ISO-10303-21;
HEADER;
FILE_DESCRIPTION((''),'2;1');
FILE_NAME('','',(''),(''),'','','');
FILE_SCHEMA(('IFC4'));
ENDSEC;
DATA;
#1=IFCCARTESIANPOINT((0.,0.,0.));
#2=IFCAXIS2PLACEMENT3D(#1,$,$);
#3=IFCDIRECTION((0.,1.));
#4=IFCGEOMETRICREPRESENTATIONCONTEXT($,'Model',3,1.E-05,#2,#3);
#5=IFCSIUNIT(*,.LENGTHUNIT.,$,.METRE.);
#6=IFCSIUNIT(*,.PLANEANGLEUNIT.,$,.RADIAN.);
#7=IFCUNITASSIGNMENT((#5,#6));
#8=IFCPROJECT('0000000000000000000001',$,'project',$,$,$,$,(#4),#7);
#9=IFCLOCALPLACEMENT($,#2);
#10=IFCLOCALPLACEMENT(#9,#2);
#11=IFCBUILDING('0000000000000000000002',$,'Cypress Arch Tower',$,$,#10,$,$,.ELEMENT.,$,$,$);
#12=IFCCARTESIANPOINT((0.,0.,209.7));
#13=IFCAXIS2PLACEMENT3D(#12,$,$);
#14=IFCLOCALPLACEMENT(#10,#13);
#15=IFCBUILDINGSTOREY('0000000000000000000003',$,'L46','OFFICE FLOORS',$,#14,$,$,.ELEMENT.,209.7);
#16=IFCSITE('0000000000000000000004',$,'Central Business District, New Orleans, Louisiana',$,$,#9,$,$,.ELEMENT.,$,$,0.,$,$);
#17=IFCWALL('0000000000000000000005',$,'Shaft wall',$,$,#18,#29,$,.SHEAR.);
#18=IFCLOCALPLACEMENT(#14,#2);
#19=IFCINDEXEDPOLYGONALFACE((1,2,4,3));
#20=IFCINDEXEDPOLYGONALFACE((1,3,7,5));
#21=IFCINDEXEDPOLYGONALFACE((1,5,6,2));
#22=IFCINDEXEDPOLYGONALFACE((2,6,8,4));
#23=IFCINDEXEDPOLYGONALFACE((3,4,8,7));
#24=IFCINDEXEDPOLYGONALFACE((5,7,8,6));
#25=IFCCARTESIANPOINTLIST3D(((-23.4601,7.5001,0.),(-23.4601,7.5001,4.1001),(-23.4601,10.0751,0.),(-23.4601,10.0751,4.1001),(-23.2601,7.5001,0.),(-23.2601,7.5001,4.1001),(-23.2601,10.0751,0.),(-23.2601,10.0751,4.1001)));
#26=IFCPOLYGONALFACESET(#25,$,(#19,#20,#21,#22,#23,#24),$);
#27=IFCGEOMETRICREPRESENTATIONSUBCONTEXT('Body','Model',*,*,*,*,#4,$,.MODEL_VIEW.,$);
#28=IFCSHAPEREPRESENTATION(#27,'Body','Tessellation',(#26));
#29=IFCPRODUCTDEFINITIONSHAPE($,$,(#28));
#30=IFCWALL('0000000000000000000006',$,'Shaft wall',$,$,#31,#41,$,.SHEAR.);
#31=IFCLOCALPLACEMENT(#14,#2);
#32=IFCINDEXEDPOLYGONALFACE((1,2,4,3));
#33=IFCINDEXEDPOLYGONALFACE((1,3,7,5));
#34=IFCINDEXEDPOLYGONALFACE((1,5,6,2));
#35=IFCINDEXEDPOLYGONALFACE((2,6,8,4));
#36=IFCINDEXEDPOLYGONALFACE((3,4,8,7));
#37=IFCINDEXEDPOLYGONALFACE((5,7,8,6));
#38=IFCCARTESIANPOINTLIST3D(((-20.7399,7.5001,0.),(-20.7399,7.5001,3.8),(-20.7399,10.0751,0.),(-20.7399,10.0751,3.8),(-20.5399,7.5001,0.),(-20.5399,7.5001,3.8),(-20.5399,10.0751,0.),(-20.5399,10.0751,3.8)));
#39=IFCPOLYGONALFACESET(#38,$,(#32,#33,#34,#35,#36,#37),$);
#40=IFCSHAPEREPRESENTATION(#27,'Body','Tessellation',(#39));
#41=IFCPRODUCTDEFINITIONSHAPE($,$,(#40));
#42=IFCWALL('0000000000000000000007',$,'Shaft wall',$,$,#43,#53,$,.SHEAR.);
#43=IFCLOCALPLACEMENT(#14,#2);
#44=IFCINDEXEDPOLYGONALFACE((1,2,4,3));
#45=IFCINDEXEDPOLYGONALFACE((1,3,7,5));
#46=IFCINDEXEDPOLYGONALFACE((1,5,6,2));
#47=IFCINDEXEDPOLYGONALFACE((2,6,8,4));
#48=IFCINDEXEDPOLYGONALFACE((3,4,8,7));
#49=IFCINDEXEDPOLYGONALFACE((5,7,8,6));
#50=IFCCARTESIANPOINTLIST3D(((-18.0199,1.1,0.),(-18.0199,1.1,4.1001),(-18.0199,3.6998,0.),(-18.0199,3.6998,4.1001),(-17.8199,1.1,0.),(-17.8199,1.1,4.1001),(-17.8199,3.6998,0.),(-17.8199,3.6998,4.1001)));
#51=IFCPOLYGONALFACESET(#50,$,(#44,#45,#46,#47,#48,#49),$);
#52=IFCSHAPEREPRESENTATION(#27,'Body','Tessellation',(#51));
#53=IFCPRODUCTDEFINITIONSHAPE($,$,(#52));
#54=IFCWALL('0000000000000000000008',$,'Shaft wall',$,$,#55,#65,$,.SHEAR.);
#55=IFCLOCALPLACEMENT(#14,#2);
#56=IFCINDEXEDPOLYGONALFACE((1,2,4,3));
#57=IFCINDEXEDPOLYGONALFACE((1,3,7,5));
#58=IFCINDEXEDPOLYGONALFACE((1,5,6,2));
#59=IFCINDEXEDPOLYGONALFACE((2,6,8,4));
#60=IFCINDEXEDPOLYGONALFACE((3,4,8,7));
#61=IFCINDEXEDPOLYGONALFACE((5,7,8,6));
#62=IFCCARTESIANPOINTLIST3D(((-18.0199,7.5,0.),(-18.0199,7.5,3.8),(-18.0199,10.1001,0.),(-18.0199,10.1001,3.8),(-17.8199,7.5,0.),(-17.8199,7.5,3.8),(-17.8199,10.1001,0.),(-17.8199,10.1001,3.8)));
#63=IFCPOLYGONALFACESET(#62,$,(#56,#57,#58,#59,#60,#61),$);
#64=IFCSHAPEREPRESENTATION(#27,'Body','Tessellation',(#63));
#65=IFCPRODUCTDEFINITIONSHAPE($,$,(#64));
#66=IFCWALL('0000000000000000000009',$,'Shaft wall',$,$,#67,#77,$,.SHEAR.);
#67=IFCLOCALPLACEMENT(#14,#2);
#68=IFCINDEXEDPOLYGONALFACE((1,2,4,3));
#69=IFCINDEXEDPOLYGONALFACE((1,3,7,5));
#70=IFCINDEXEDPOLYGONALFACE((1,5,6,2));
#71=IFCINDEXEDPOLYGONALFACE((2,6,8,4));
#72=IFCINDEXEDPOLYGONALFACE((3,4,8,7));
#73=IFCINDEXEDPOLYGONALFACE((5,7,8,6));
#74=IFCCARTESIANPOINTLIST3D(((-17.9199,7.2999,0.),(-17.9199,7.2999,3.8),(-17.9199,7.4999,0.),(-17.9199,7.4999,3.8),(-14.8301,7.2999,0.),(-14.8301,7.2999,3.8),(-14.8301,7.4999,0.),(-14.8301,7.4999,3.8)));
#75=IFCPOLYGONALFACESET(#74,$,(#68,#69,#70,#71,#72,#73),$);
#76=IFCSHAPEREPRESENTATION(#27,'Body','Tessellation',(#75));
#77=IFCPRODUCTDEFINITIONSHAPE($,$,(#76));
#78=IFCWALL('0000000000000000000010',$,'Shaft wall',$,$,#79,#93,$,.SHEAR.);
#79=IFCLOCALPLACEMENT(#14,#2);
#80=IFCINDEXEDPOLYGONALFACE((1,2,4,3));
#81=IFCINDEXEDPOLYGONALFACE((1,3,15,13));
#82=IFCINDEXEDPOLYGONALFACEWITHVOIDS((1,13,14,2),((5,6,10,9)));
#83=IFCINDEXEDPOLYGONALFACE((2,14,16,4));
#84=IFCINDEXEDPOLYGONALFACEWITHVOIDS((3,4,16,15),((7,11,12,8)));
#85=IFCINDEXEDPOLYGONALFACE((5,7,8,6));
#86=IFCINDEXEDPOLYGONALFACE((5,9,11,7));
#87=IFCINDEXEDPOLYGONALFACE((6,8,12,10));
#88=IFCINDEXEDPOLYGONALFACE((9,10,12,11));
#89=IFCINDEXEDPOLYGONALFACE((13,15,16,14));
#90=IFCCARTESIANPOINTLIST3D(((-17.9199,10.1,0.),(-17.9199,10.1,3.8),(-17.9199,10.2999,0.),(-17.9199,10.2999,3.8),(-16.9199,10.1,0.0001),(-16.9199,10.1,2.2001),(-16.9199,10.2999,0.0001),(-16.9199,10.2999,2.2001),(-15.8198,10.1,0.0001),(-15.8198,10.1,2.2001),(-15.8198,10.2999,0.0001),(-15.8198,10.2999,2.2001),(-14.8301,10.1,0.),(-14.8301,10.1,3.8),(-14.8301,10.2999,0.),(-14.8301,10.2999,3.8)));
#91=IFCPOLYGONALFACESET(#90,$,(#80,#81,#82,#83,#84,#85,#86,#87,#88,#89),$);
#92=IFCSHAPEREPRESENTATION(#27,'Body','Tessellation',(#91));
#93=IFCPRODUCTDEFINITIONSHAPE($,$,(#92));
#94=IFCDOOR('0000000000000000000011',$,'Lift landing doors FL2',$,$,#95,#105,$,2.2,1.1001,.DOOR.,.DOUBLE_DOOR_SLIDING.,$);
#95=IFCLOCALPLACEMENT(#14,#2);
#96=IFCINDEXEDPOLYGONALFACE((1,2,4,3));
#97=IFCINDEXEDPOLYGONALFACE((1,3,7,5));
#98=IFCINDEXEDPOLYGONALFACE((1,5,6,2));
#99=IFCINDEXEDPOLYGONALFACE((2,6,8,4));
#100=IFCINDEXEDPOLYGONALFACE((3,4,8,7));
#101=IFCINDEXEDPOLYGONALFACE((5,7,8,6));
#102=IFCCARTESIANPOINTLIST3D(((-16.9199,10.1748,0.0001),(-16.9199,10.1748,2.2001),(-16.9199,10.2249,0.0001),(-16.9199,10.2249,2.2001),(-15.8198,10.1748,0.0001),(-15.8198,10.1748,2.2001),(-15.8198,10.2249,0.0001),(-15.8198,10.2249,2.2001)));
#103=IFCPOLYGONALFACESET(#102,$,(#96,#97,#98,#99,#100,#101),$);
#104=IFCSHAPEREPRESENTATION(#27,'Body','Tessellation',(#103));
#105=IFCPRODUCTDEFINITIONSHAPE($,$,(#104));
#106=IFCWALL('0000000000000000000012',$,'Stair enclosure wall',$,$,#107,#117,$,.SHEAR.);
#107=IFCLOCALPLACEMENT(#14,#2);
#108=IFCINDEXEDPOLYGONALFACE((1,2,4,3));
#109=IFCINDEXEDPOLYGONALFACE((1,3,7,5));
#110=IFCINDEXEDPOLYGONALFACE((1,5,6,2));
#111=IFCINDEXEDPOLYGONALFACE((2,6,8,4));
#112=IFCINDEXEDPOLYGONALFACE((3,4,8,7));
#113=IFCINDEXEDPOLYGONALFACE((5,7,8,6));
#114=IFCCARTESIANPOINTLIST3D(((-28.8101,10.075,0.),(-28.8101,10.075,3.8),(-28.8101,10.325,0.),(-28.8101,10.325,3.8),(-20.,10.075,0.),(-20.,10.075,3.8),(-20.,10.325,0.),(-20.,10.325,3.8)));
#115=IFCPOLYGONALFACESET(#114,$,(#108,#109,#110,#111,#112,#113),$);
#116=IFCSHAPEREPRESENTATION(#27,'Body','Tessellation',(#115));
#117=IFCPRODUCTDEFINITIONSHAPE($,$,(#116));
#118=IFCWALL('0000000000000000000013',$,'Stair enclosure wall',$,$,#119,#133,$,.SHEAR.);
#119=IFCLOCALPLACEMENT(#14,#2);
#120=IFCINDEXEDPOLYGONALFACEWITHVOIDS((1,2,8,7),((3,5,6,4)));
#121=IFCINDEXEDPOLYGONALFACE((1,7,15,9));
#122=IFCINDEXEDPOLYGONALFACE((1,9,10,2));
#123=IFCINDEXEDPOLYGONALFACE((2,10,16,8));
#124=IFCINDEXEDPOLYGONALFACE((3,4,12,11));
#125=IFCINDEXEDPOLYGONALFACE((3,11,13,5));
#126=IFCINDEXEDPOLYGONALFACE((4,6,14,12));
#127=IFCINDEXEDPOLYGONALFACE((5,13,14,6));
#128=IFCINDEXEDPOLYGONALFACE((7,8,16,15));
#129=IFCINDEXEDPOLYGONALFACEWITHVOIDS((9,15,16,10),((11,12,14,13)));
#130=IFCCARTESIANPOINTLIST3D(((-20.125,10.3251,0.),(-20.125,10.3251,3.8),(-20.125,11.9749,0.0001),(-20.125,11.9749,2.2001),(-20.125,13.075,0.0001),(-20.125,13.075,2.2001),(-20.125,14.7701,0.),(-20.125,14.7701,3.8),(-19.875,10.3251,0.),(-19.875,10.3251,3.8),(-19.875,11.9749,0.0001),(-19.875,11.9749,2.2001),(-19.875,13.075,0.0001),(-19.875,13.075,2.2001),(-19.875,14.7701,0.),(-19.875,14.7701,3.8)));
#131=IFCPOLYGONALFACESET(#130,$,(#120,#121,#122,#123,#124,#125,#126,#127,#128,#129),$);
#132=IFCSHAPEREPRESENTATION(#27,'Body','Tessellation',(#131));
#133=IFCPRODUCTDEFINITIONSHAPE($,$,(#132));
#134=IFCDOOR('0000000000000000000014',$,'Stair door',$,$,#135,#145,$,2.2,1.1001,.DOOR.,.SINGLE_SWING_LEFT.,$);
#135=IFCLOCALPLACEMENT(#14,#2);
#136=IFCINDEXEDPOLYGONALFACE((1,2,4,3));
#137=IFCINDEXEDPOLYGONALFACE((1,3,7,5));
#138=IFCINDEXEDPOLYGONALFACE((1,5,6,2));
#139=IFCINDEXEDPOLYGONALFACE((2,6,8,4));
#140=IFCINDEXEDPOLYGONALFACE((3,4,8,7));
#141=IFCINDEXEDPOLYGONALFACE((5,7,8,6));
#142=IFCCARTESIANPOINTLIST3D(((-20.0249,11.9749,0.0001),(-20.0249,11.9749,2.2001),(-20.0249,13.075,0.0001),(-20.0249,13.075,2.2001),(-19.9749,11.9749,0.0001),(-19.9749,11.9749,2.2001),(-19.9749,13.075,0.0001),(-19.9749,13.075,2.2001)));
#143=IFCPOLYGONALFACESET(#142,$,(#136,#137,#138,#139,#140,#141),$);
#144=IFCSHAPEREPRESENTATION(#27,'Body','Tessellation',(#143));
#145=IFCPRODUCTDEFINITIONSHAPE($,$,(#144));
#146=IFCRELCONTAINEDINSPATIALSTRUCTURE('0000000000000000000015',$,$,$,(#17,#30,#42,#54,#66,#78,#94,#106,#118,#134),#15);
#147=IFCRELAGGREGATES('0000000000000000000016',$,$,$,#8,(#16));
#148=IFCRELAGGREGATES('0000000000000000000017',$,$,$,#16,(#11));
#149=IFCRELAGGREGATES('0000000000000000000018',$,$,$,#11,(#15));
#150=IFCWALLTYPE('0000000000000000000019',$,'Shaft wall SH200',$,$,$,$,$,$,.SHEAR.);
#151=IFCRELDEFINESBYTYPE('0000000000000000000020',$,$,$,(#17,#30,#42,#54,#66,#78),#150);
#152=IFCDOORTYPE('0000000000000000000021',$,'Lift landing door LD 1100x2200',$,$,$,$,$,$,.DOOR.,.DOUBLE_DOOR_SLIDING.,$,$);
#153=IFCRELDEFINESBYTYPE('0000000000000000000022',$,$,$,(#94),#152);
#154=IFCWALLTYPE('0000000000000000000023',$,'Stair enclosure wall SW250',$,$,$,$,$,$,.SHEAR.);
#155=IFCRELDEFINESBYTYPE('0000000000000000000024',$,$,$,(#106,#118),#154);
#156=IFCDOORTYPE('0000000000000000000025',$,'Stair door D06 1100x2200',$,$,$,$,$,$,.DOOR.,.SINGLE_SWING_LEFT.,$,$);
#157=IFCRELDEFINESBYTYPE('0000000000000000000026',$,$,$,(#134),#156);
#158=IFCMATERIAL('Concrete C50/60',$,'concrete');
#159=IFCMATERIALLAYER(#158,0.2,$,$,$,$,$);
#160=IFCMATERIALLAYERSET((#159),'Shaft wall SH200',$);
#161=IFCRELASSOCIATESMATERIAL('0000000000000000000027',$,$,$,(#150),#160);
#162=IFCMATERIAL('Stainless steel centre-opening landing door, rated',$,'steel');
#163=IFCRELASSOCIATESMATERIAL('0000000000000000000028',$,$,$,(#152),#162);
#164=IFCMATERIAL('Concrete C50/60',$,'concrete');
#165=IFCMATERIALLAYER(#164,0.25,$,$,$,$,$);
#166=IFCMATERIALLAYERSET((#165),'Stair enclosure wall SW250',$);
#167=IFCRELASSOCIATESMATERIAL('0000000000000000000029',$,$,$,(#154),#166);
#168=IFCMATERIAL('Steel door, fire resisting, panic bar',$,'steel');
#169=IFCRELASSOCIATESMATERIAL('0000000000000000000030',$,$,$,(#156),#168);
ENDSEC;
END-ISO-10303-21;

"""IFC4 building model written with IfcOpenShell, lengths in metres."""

from ifc_helpers import new_model, si_unit, direction, frame, frame_2d, origin, place, context, subcontext, project, spatial, rectangle, extrude, material, layer, layer_set, type_object, element, fill, save


model = new_model("IFC4")

# Units and contexts
model_context = context("Model", 3, precision=1e-05, world=origin(), true_north=direction((0.0, 1.0)))
body_context = subcontext(model_context, "Body", "Model", "MODEL_VIEW")
ifc_project = project(units=[si_unit("LENGTHUNIT", "METRE"), si_unit("PLANEANGLEUNIT", "RADIAN")], contexts=[model_context])

# Site, building, storey
site_placement = place(None, origin())
site = spatial("IfcSite", under=ifc_project, at=site_placement, Name="Central Business District, New Orleans, Louisiana", CompositionType="ELEMENT", RefElevation=0.0)
building_placement = place(site_placement, origin())
building = spatial("IfcBuilding", under=site, at=building_placement, Name="Cypress Arch Tower", CompositionType="ELEMENT")
storey_placement = place(building_placement, frame((0.0, 0.0, 209.7)))
storey = spatial("IfcBuildingStorey", under=building, at=storey_placement, Name="L46", Description="OFFICE FLOORS", CompositionType="ELEMENT", Elevation=209.7)

# Shared definitions
ifc_material_1 = material(Name="Concrete C50/60", Category="concrete")
ifc_layer_1 = layer(ifc_material_1, 0.2)
ifc_layer_set_1 = layer_set([ifc_layer_1], Name="Shaft wall SH200")
wall_type_1 = type_object("IfcWallType", Name="Shaft wall SH200", PredefinedType="SHEAR", material=ifc_layer_set_1)
ifc_material_2 = material(Name="Stainless steel centre-opening landing door, rated", Category="steel")
door_type_1 = type_object("IfcDoorType", Name="Lift landing door LD 1100x2200", OperationType="DOUBLE_DOOR_SLIDING", PredefinedType="DOOR", material=ifc_material_2)

# Walls
for number, where, z_axis, x_axis, name in (
    (1, (-23.3601, 7.5, 0.0), (0.0, 0.0, 1.0), (0.0, 1.0, 0.0), "Shaft wall"),
):
    element("IfcWall", number, at=place(storey_placement, frame(where, z_axis=z_axis, x_axis=x_axis)), inside=storey, type_object=wall_type_1, Name=name, PredefinedType="SHEAR", context=body_context, shape_type="SweptSolid", body=[
        extrude(rectangle(XDim=2.575, YDim=0.2, at=frame_2d((1.2876, 0.0))), origin(), (0.0, 0.0, 1.0), 4.1001),
    ])
wall_1_placement = place(storey_placement, frame((-20.6399, 7.5, 0.0), z_axis=(0.0, 0.0, 1.0), x_axis=(0.0, 1.0, 0.0)))
element("IfcWall", 2, at=wall_1_placement, inside=storey, type_object=wall_type_1, Name="Shaft wall", PredefinedType="SHEAR", context=body_context, shape_type="SweptSolid", body=[
    extrude(rectangle(XDim=2.575, YDim=0.2, at=frame_2d((1.2876, 0.0))), origin(), (0.0, 0.0, 1.0), 3.8),
])
wall_2_placement = place(storey_placement, frame((-17.9199, 1.1001, 0.0), z_axis=(0.0, 0.0, 1.0), x_axis=(0.0, 1.0, 0.0)))
element("IfcWall", 3, at=wall_2_placement, inside=storey, type_object=wall_type_1, Name="Shaft wall", PredefinedType="SHEAR", context=body_context, shape_type="SweptSolid", body=[
    extrude(rectangle(XDim=2.5999, YDim=0.2, at=frame_2d((1.2998, 0.0))), origin(), (0.0, 0.0, 1.0), 4.1001),
])
wall_3_placement = place(storey_placement, frame((-17.9199, 7.5, 0.0), z_axis=(0.0, 0.0, 1.0), x_axis=(0.0, 1.0, 0.0)))
element("IfcWall", 4, at=wall_3_placement, inside=storey, type_object=wall_type_1, Name="Shaft wall", PredefinedType="SHEAR", context=body_context, shape_type="SweptSolid", body=[
    extrude(rectangle(XDim=2.6001, YDim=0.2, at=frame_2d((1.3, 0.0))), origin(), (0.0, 0.0, 1.0), 3.8),
])
wall_4_placement = place(storey_placement, frame((-17.9199, 7.3999, 0.0), z_axis=(0.0, 0.0, 1.0), x_axis=(1.0, 0.0, 0.0)))
element("IfcWall", 5, at=wall_4_placement, inside=storey, type_object=wall_type_1, Name="Shaft wall", PredefinedType="SHEAR", context=body_context, shape_type="SweptSolid", body=[
    extrude(rectangle(XDim=3.0898, YDim=0.2, at=frame_2d((1.5449, 0.0))), origin(), (0.0, 0.0, 1.0), 3.8),
])

# Wall, opening, door
wall_5_placement = place(storey_placement, frame((-17.9199, 10.2, 0.0), z_axis=(0.0, 0.0, 1.0), x_axis=(1.0, 0.0, 0.0)))
wall_5 = element("IfcWall", 6, at=wall_5_placement, inside=storey, type_object=wall_type_1, Name="Shaft wall", PredefinedType="SHEAR", context=body_context, shape_type="SweptSolid", body=[
    extrude(rectangle(XDim=3.0898, YDim=0.2, at=frame_2d((1.5449, 0.0))), origin(), (0.0, 0.0, 1.0), 3.8),
])
opening_1_placement = place(wall_5_placement, frame((1.0, 0.0, 0.0)))
opening_1 = element("IfcOpeningElement", 7, at=opening_1_placement, cuts=wall_5, PredefinedType="OPENING", context=body_context, shape_type="SweptSolid", body=[
    extrude(rectangle(XDim=1.1001, YDim=2.2, at=frame_2d((0.55, 1.1001))), frame((0.0, 0.1099, 0.0), z_axis=(0.0, -1.0, 0.0), x_axis=(1.0, 0.0, 0.0)), (0.0, 0.0, 1.0), 0.22),
])
door_1_placement = place(opening_1_placement, origin())
door_1 = element("IfcDoor", 8, at=door_1_placement, inside=storey, type_object=door_type_1, Name="Lift landing doors FL2", OperationType="DOUBLE_DOOR_SLIDING", OverallHeight=2.2, OverallWidth=1.1001, PredefinedType="DOOR", context=body_context, shape_type="SweptSolid", body=[
    extrude(rectangle(XDim=1.1001, YDim=2.2, at=frame_2d((0.55, 1.1001))), frame((0.0, 0.0249, 0.0), z_axis=(0.0, -1.0, 0.0), x_axis=(1.0, 0.0, 0.0)), (0.0, 0.0, 1.0), 0.05),
])
fill(opening_1, door_1)

# Wall
ifc_material_3 = material(Name="Concrete C50/60", Category="concrete")
ifc_layer_2 = layer(ifc_material_3, 0.25)
ifc_layer_set_2 = layer_set([ifc_layer_2], Name="Stair enclosure wall SW250")
wall_type_2 = type_object("IfcWallType", Name="Stair enclosure wall SW250", PredefinedType="SHEAR", material=ifc_layer_set_2)
wall_6_placement = place(storey_placement, frame((-28.8101, 10.2, 0.0), z_axis=(0.0, 0.0, 1.0), x_axis=(1.0, 0.0, 0.0)))
element("IfcWall", 9, at=wall_6_placement, inside=storey, type_object=wall_type_2, Name="Stair enclosure wall", PredefinedType="SHEAR", context=body_context, shape_type="SweptSolid", body=[
    extrude(rectangle(XDim=8.8101, YDim=0.25, at=frame_2d((4.405, 0.0))), origin(), (0.0, 0.0, 1.0), 3.8),
])

# Wall, opening, door
wall_7_placement = place(storey_placement, frame((-20.0, 10.325, 0.0), z_axis=(0.0, 0.0, 1.0), x_axis=(0.0, 1.0, 0.0)))
wall_7 = element("IfcWall", 10, at=wall_7_placement, inside=storey, type_object=wall_type_2, Name="Stair enclosure wall", PredefinedType="SHEAR", context=body_context, shape_type="SweptSolid", body=[
    extrude(rectangle(XDim=4.4451, YDim=0.25, at=frame_2d((2.2227, 0.0))), origin(), (0.0, 0.0, 1.0), 3.8),
])
opening_2_placement = place(wall_7_placement, frame((1.6499, 0.0, 0.0)))
opening_2 = element("IfcOpeningElement", 11, at=opening_2_placement, cuts=wall_7, PredefinedType="OPENING", context=body_context, shape_type="SweptSolid", body=[
    extrude(rectangle(XDim=1.1001, YDim=2.2, at=frame_2d((0.55, 1.1001))), frame((0.0, 0.135, 0.0), z_axis=(0.0, -1.0, 0.0), x_axis=(1.0, 0.0, 0.0)), (0.0, 0.0, 1.0), 0.27),
])
ifc_material_4 = material(Name="Steel door, fire resisting, panic bar", Category="steel")
door_type_2 = type_object("IfcDoorType", Name="Stair door D06 1100x2200", OperationType="SINGLE_SWING_LEFT", PredefinedType="DOOR", material=ifc_material_4)
door_2_placement = place(opening_2_placement, origin())
door_2 = element("IfcDoor", 12, at=door_2_placement, inside=storey, type_object=door_type_2, Name="Stair door", OperationType="SINGLE_SWING_LEFT", OverallHeight=2.2, OverallWidth=1.1001, PredefinedType="DOOR", context=body_context, shape_type="SweptSolid", body=[
    extrude(rectangle(XDim=1.1001, YDim=2.2, at=frame_2d((0.55, 1.1001))), frame((0.0, 0.0249, 0.0), z_axis=(0.0, -1.0, 0.0), x_axis=(1.0, 0.0, 0.0)), (0.0, 0.0, 1.0), 0.05),
])
fill(opening_2, door_2)

save(model, "model.ifc")
